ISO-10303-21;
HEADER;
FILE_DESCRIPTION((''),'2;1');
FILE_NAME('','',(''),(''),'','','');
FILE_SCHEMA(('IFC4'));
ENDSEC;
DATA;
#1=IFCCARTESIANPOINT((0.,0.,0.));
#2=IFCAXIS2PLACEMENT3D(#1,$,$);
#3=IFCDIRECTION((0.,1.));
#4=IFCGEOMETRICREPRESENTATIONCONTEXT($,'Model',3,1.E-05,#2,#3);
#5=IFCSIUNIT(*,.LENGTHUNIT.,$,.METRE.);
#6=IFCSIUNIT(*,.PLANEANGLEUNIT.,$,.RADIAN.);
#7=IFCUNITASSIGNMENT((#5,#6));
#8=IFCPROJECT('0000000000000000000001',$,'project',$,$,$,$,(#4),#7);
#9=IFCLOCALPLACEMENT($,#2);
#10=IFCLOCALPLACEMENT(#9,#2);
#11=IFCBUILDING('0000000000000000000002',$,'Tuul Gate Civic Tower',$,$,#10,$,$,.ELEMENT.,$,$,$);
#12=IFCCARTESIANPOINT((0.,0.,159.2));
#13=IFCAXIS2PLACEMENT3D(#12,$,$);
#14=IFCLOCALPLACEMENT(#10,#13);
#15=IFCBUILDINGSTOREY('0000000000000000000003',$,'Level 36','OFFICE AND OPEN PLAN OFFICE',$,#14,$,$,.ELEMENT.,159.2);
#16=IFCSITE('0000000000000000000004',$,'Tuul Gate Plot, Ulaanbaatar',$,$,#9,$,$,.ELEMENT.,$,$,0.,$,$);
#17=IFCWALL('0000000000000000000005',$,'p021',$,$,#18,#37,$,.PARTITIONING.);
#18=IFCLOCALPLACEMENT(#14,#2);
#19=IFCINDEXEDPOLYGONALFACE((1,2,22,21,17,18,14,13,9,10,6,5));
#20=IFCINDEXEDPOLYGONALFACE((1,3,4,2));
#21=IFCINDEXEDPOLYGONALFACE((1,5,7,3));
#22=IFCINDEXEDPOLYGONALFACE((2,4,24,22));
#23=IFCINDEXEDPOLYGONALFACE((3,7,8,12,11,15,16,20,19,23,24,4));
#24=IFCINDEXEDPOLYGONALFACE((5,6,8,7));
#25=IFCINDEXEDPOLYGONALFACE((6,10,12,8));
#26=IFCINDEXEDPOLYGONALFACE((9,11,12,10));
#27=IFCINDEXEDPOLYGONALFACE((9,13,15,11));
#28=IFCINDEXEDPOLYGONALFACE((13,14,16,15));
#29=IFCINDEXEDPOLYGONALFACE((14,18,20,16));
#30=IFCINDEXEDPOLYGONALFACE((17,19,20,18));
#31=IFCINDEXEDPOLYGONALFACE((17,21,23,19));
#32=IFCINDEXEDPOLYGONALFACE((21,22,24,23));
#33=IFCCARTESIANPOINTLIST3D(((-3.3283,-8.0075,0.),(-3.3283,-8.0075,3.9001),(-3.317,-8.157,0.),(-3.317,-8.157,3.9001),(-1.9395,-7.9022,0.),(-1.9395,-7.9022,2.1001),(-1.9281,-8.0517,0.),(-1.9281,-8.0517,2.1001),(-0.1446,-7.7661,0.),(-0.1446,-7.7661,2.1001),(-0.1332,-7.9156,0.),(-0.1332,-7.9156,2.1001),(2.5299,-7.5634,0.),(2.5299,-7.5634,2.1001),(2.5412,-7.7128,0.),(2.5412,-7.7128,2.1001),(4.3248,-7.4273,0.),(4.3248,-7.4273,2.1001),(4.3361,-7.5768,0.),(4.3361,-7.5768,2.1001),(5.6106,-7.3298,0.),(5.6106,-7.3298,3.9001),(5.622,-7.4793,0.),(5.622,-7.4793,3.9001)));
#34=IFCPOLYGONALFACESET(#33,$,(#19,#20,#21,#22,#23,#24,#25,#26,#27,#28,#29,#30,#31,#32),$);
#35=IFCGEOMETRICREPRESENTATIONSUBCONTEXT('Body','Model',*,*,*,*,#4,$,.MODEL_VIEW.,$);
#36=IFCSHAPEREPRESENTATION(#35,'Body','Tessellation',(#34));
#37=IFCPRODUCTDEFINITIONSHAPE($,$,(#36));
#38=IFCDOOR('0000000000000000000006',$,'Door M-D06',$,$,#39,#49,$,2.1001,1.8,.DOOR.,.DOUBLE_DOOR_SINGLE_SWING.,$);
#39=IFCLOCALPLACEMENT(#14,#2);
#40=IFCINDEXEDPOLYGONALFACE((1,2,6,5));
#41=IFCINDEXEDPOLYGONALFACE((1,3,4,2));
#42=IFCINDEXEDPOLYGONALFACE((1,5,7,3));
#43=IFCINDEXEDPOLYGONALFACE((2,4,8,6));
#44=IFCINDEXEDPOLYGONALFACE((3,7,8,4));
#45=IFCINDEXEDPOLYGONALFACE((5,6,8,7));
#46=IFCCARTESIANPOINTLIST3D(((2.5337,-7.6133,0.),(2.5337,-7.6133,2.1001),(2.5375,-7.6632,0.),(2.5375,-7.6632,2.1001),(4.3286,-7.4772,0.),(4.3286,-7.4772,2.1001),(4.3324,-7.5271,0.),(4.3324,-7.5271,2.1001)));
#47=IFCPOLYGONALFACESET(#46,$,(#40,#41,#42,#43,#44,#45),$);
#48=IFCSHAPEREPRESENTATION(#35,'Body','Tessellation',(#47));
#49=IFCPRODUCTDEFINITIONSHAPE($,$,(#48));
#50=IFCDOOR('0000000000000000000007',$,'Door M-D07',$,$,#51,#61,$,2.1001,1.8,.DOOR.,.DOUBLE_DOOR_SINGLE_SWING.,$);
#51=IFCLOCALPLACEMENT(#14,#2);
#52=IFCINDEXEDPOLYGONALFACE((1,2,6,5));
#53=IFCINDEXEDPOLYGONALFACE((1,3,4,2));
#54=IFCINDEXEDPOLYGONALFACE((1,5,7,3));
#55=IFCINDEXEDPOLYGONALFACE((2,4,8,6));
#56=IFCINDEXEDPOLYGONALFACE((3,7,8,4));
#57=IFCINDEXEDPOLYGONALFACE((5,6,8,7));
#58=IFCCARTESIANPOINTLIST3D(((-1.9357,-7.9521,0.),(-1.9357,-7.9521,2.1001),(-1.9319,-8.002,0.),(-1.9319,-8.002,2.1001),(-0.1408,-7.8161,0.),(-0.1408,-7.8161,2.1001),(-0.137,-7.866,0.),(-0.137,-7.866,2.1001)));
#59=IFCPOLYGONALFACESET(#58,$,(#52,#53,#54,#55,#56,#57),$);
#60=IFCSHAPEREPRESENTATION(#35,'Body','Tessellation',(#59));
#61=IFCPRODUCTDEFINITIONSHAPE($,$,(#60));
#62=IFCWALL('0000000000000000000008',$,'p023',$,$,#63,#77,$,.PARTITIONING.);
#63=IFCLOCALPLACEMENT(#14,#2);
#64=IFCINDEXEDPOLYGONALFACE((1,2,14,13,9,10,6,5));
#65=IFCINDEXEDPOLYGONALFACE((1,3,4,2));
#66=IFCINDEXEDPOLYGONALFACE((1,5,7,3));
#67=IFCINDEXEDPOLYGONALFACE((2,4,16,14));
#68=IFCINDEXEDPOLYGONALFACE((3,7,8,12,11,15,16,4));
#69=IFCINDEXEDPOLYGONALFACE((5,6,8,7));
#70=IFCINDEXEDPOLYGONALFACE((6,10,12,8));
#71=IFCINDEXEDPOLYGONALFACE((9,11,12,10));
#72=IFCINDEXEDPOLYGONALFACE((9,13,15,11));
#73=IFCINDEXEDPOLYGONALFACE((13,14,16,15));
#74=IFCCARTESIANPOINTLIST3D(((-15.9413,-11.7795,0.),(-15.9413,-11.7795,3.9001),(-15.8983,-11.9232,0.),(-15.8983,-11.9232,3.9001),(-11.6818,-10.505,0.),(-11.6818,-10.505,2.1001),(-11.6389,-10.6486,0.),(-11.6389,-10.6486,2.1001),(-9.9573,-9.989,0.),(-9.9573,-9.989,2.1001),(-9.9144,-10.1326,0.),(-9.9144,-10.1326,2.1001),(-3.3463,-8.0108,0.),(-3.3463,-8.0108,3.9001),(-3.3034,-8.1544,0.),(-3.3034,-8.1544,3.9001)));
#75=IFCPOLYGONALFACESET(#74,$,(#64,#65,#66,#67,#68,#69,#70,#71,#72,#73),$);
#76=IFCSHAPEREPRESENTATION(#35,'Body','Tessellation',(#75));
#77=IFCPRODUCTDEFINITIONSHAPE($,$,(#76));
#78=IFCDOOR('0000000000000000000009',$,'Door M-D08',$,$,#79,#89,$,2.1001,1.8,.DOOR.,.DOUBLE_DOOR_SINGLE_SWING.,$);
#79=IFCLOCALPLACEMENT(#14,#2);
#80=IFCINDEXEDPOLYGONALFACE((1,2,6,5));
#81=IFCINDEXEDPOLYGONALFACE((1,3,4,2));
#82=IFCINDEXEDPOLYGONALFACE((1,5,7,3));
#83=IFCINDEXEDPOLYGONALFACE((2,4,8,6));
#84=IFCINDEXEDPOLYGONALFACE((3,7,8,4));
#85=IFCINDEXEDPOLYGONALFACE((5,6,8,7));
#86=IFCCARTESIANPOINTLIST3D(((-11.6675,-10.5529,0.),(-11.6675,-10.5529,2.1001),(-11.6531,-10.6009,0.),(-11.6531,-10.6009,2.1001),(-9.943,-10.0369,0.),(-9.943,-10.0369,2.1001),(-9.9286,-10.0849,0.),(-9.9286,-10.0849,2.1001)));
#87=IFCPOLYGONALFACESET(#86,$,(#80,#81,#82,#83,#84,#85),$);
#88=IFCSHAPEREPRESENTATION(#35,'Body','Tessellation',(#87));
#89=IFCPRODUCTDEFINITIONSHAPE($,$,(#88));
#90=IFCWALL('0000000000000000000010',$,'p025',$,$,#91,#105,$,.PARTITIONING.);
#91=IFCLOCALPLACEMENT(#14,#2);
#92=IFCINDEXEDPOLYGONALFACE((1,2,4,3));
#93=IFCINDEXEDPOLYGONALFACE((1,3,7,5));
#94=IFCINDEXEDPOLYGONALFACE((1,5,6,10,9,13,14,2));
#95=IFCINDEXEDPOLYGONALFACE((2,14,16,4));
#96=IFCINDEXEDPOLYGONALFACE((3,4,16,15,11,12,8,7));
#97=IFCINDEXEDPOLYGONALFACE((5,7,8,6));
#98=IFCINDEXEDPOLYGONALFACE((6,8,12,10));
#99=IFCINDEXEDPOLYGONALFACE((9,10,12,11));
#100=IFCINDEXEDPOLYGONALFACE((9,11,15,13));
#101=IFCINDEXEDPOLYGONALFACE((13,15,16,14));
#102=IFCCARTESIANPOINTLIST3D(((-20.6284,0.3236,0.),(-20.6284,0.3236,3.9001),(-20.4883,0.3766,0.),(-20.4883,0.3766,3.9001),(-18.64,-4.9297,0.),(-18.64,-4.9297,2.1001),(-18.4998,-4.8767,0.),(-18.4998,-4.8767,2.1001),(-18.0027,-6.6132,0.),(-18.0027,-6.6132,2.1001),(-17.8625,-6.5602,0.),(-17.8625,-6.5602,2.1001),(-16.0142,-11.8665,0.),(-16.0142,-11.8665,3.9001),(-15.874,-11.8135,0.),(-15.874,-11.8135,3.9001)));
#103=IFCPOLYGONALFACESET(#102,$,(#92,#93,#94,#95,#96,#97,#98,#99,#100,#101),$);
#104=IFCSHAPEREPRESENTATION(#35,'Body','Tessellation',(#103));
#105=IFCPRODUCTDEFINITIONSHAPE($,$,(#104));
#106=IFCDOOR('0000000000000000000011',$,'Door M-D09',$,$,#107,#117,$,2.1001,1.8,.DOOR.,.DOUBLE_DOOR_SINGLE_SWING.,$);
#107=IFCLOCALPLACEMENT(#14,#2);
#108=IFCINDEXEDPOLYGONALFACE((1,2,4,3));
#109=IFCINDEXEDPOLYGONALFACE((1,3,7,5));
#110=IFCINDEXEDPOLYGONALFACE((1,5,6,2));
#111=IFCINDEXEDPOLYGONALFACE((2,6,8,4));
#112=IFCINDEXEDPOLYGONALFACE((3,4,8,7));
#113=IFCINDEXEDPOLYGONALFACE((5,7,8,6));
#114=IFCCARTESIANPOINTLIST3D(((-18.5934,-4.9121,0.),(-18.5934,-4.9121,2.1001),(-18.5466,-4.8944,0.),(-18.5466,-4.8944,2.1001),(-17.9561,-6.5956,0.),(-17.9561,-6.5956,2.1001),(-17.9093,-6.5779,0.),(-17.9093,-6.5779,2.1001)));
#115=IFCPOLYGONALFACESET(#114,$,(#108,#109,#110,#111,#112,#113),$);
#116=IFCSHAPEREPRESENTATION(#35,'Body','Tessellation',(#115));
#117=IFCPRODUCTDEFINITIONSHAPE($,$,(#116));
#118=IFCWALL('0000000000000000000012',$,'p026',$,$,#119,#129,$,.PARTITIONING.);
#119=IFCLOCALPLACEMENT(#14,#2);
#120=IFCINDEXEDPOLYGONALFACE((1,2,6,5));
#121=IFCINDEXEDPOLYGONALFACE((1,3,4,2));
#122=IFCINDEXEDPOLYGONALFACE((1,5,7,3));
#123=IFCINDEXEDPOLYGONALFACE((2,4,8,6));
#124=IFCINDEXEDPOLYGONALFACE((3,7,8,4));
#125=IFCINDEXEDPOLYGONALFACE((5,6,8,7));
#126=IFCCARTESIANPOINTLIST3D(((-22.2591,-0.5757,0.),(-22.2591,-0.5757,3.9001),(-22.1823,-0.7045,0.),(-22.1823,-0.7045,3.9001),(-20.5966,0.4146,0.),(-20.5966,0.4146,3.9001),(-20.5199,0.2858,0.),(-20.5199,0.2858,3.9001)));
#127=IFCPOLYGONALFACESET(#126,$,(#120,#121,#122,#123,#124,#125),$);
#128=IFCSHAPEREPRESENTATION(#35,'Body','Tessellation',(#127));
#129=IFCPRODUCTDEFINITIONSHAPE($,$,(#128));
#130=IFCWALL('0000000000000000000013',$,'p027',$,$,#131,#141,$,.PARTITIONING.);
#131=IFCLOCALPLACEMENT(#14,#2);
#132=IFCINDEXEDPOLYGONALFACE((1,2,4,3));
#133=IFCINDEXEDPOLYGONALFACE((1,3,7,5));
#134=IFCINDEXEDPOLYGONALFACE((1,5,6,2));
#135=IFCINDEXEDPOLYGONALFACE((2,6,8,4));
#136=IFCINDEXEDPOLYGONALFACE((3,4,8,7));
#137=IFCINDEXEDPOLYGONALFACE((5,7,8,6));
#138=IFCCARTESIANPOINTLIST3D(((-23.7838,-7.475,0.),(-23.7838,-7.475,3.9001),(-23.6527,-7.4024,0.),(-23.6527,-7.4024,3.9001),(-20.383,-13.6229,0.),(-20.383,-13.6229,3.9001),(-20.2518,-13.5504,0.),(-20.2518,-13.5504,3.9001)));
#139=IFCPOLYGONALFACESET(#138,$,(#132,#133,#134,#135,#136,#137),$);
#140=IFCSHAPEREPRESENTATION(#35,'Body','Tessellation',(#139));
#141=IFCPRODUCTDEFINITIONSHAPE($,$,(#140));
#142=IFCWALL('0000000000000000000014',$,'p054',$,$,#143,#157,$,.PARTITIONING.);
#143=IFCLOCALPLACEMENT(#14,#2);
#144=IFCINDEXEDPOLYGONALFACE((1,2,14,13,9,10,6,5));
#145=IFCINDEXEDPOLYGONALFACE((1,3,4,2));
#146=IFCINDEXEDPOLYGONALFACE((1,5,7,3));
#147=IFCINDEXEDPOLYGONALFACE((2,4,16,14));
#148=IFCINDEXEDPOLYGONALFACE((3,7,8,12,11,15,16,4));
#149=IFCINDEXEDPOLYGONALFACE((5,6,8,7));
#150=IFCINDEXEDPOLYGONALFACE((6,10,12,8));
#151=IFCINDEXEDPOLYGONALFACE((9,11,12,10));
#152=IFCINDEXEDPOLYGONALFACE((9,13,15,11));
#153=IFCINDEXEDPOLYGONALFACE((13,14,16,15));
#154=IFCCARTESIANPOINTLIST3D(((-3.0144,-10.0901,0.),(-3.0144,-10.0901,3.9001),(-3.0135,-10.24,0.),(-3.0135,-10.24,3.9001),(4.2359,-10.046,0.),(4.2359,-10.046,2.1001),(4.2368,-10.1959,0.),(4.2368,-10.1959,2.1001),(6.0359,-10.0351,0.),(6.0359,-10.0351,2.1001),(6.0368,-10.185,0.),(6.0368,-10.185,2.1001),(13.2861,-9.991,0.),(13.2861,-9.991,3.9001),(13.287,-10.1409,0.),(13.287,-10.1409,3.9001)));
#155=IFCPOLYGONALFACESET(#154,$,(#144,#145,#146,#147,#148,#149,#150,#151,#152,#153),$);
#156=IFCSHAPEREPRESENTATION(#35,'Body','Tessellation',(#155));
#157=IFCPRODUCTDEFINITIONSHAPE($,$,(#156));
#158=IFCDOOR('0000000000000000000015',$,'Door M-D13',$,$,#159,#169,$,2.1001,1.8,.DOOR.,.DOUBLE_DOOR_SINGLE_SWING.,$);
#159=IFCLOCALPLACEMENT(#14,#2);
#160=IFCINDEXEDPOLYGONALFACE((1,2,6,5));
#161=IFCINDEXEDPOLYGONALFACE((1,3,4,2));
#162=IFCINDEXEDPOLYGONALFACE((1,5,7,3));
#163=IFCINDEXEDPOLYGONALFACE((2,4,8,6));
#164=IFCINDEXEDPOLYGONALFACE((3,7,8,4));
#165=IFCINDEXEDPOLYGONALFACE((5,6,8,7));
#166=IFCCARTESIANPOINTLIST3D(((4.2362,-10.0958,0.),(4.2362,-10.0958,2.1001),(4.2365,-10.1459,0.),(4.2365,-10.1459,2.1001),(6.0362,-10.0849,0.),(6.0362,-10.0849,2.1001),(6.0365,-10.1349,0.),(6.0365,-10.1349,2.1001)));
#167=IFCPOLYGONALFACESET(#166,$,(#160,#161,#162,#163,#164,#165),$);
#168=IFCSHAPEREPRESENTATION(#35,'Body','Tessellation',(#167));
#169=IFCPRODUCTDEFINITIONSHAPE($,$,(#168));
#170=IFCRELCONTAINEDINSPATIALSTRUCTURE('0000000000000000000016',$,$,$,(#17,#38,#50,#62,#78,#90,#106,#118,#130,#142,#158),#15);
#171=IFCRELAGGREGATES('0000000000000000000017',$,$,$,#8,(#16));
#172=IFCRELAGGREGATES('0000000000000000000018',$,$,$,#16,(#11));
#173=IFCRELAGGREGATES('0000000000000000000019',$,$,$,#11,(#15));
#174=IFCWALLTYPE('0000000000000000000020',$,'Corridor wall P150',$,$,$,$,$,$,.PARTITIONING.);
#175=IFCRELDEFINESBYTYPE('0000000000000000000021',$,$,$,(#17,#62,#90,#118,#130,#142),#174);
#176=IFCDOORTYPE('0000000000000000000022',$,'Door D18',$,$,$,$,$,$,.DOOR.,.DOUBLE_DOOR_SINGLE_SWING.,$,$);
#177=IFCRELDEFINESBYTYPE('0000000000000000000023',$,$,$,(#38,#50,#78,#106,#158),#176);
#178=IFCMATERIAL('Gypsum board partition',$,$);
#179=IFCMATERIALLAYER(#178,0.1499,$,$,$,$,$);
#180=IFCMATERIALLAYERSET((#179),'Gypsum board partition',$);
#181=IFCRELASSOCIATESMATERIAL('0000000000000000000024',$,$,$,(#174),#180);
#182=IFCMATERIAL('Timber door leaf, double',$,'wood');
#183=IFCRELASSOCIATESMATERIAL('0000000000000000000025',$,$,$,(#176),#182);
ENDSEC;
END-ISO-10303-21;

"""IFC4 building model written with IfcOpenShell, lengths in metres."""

from ifc_helpers import new_model, si_unit, direction, frame, frame_2d, origin, place, context, subcontext, project, spatial, rectangle, extrude, material, layer, layer_set, type_object, element, fill, save


model = new_model("IFC4")

# Units and contexts
model_context = context("Model", 3, precision=1e-05, world=origin(), true_north=direction((0.0, 1.0)))
body_context = subcontext(model_context, "Body", "Model", "MODEL_VIEW")
ifc_project = project(units=[si_unit("LENGTHUNIT", "METRE"), si_unit("PLANEANGLEUNIT", "RADIAN")], contexts=[model_context])

# Site, building, storey
site_placement = place(None, origin())
site = spatial("IfcSite", under=ifc_project, at=site_placement, Name="Tuul Gate Plot, Ulaanbaatar", CompositionType="ELEMENT", RefElevation=0.0)
building_placement = place(site_placement, origin())
building = spatial("IfcBuilding", under=site, at=building_placement, Name="Tuul Gate Civic Tower", CompositionType="ELEMENT")
storey_placement = place(building_placement, frame((0.0, 0.0, 159.2)))
storey = spatial("IfcBuildingStorey", under=building, at=storey_placement, Name="Level 36", Description="OFFICE AND OPEN PLAN OFFICE", CompositionType="ELEMENT", Elevation=159.2)

# Wall, openings, doors
ifc_material_1 = material(Name="Gypsum board partition")
ifc_layer_1 = layer(ifc_material_1, 0.1499)
ifc_layer_set_1 = layer_set([ifc_layer_1], Name="Gypsum board partition")
wall_type_1 = type_object("IfcWallType", Name="Corridor wall P150", PredefinedType="PARTITIONING", material=ifc_layer_set_1)
wall_1_placement = place(storey_placement, frame((-3.3228, -8.0823, 0.0), z_axis=(0.0, 0.0, 1.0), x_axis=(0.997138, 0.075601, 0.0)))
wall_1 = element("IfcWall", 1, at=wall_1_placement, inside=storey, type_object=wall_type_1, Name="p021", PredefinedType="PARTITIONING", context=body_context, shape_type="SweptSolid", body=[
    extrude(rectangle(XDim=8.9646, YDim=0.1499, at=frame_2d((4.4824, 0.0))), origin(), (0.0, 0.0, 1.0), 3.9001),
])
opening_1_placement = place(wall_1_placement, frame((5.8752, 0.0, 0.0)))
opening_1 = element("IfcOpeningElement", 2, at=opening_1_placement, cuts=wall_1, PredefinedType="OPENING", context=body_context, shape_type="SweptSolid", body=[
    extrude(rectangle(XDim=1.8, YDim=2.1001, at=frame_2d((0.8999, 1.05))), frame((0.0, 0.085, 0.0), z_axis=(0.0, -1.0, 0.0), x_axis=(1.0, 0.0, 0.0)), (0.0, 0.0, 1.0), 0.1699),
])
opening_2_placement = place(wall_1_placement, frame((1.3931, 0.0, 0.0)))
opening_2 = element("IfcOpeningElement", 3, at=opening_2_placement, cuts=wall_1, PredefinedType="OPENING", context=body_context, shape_type="SweptSolid", body=[
    extrude(rectangle(XDim=1.8, YDim=2.1001, at=frame_2d((0.8999, 1.05))), frame((0.0, 0.085, 0.0), z_axis=(0.0, -1.0, 0.0), x_axis=(1.0, 0.0, 0.0)), (0.0, 0.0, 1.0), 0.1699),
])
ifc_material_2 = material(Name="Timber door leaf, double", Category="wood")
door_type_1 = type_object("IfcDoorType", Name="Door D18", OperationType="DOUBLE_DOOR_SINGLE_SWING", PredefinedType="DOOR", material=ifc_material_2)
door_1_placement = place(opening_1_placement, origin())
door_1 = element("IfcDoor", 4, at=door_1_placement, inside=storey, type_object=door_type_1, Name="Door M-D06", OperationType="DOUBLE_DOOR_SINGLE_SWING", OverallHeight=2.1001, OverallWidth=1.8, PredefinedType="DOOR", context=body_context, shape_type="SweptSolid", body=[
    extrude(rectangle(XDim=1.8, YDim=2.1001, at=frame_2d((0.8999, 1.05))), frame((0.0, 0.0249, 0.0), z_axis=(0.0, -1.0, 0.0), x_axis=(1.0, 0.0, 0.0)), (0.0, 0.0, 1.0), 0.05),
])
fill(opening_1, door_1)
door_2_placement = place(opening_2_placement, origin())
door_2 = element("IfcDoor", 5, at=door_2_placement, inside=storey, type_object=door_type_1, Name="Door M-D07", OperationType="DOUBLE_DOOR_SINGLE_SWING", OverallHeight=2.1001, OverallWidth=1.8, PredefinedType="DOOR", context=body_context, shape_type="SweptSolid", body=[
    extrude(rectangle(XDim=1.8, YDim=2.1001, at=frame_2d((0.8999, 1.05))), frame((0.0, 0.0249, 0.0), z_axis=(0.0, -1.0, 0.0), x_axis=(1.0, 0.0, 0.0)), (0.0, 0.0, 1.0), 0.05),
])
fill(opening_2, door_2)

# Walls, openings, doors
wall_2_placement = place(storey_placement, frame((-15.9197, -11.8513, 0.0), z_axis=(0.0, 0.0, 1.0), x_axis=(0.958029, 0.286671, 0.0)))
wall_2 = element("IfcWall", 6, at=wall_2_placement, inside=storey, type_object=wall_type_1, Name="p023", PredefinedType="PARTITIONING", context=body_context, shape_type="SweptSolid", body=[
    extrude(rectangle(XDim=13.1467, YDim=0.1499, at=frame_2d((6.5732, 0.0))), origin(), (0.0, 0.0, 1.0), 3.9001),
])
opening_3_placement = place(wall_2_placement, frame((4.446, 0.0, 0.0)))
opening_3 = element("IfcOpeningElement", 7, at=opening_3_placement, cuts=wall_2, PredefinedType="OPENING", context=body_context, shape_type="SweptSolid", body=[
    extrude(rectangle(XDim=1.8, YDim=2.1001, at=frame_2d((0.8999, 1.05))), frame((0.0, 0.085, 0.0), z_axis=(0.0, -1.0, 0.0), x_axis=(1.0, 0.0, 0.0)), (0.0, 0.0, 1.0), 0.1699),
])
door_3_placement = place(opening_3_placement, origin())
door_3 = element("IfcDoor", 8, at=door_3_placement, inside=storey, type_object=door_type_1, Name="Door M-D08", OperationType="DOUBLE_DOOR_SINGLE_SWING", OverallHeight=2.1001, OverallWidth=1.8, PredefinedType="DOOR", context=body_context, shape_type="SweptSolid", body=[
    extrude(rectangle(XDim=1.8, YDim=2.1001, at=frame_2d((0.8999, 1.05))), frame((0.0, 0.0249, 0.0), z_axis=(0.0, -1.0, 0.0), x_axis=(1.0, 0.0, 0.0)), (0.0, 0.0, 1.0), 0.05),
])
fill(opening_3, door_3)
wall_3_placement = place(storey_placement, frame((-20.5583, 0.3501, 0.0), z_axis=(0.0, 0.0, 1.0), x_axis=(0.35401, -0.935242, 0.0)))
wall_3 = element("IfcWall", 9, at=wall_3_placement, inside=storey, type_object=wall_type_1, Name="p025", PredefinedType="PARTITIONING", context=body_context, shape_type="SweptSolid", body=[
    extrude(rectangle(XDim=13.0342, YDim=0.1499, at=frame_2d((6.5171, 0.0))), origin(), (0.0, 0.0, 1.0), 3.9001),
])
opening_4_placement = place(wall_3_placement, frame((5.6172, 0.0, 0.0)))
opening_4 = element("IfcOpeningElement", 10, at=opening_4_placement, cuts=wall_3, PredefinedType="OPENING", context=body_context, shape_type="SweptSolid", body=[
    extrude(rectangle(XDim=1.8, YDim=2.1001, at=frame_2d((0.8999, 1.05))), frame((0.0, 0.085, 0.0), z_axis=(0.0, -1.0, 0.0), x_axis=(1.0, 0.0, 0.0)), (0.0, 0.0, 1.0), 0.1699),
])
door_4_placement = place(opening_4_placement, origin())
door_4 = element("IfcDoor", 11, at=door_4_placement, inside=storey, type_object=door_type_1, Name="Door M-D09", OperationType="DOUBLE_DOOR_SINGLE_SWING", OverallHeight=2.1001, OverallWidth=1.8, PredefinedType="DOOR", context=body_context, shape_type="SweptSolid", body=[
    extrude(rectangle(XDim=1.8, YDim=2.1001, at=frame_2d((0.8999, 1.05))), frame((0.0, 0.0249, 0.0), z_axis=(0.0, -1.0, 0.0), x_axis=(1.0, 0.0, 0.0)), (0.0, 0.0, 1.0), 0.05),
])
fill(opening_4, door_4)

# Walls
wall_4_placement = place(storey_placement, frame((-22.2207, -0.6401, 0.0), z_axis=(0.0, 0.0, 1.0), x_axis=(0.859125, 0.511766, 0.0)))
element("IfcWall", 12, at=wall_4_placement, inside=storey, type_object=wall_type_1, Name="p026", PredefinedType="PARTITIONING", context=body_context, shape_type="SweptSolid", body=[
    extrude(rectangle(XDim=1.9351, YDim=0.1499, at=frame_2d((0.9675, 0.0))), origin(), (0.0, 0.0, 1.0), 3.9001),
])
wall_5_placement = place(storey_placement, frame((-23.7183, -7.4387, 0.0), z_axis=(0.0, 0.0, 1.0), x_axis=(0.484049, -0.875041, 0.0)))
element("IfcWall", 13, at=wall_5_placement, inside=storey, type_object=wall_type_1, Name="p027", PredefinedType="PARTITIONING", context=body_context, shape_type="SweptSolid", body=[
    extrude(rectangle(XDim=7.0259, YDim=0.1499, at=frame_2d((3.5129, 0.0))), origin(), (0.0, 0.0, 1.0), 3.9001),
])

# Wall, opening, door
wall_6_placement = place(storey_placement, frame((-3.0139, -10.165, 0.0), z_axis=(0.0, 0.0, 1.0), x_axis=(0.999982, 0.006081, 0.0)))
wall_6 = element("IfcWall", 14, at=wall_6_placement, inside=storey, type_object=wall_type_1, Name="p054", PredefinedType="PARTITIONING", context=body_context, shape_type="SweptSolid", body=[
    extrude(rectangle(XDim=16.3008, YDim=0.1499, at=frame_2d((8.1504, 0.0))), origin(), (0.0, 0.0, 1.0), 3.9001),
])
opening_5_placement = place(wall_6_placement, frame((7.2505, 0.0, 0.0)))
opening_5 = element("IfcOpeningElement", 15, at=opening_5_placement, cuts=wall_6, PredefinedType="OPENING", context=body_context, shape_type="SweptSolid", body=[
    extrude(rectangle(XDim=1.8, YDim=2.1001, at=frame_2d((0.8999, 1.05))), frame((0.0, 0.085, 0.0), z_axis=(0.0, -1.0, 0.0), x_axis=(1.0, 0.0, 0.0)), (0.0, 0.0, 1.0), 0.1699),
])
door_5_placement = place(opening_5_placement, frame((1.8, 0.0, 0.0), z_axis=(0.0, 0.0, 1.0), x_axis=(-1.0, 0.0, 0.0)))
door_5 = element("IfcDoor", 16, at=door_5_placement, inside=storey, type_object=door_type_1, Name="Door M-D13", OperationType="DOUBLE_DOOR_SINGLE_SWING", OverallHeight=2.1001, OverallWidth=1.8, PredefinedType="DOOR", context=body_context, shape_type="SweptSolid", body=[
    extrude(rectangle(XDim=1.8, YDim=2.1001, at=frame_2d((0.9001, 1.05))), frame((0.0, 0.0249, 0.0), z_axis=(0.0, -1.0, 0.0), x_axis=(1.0, 0.0, 0.0)), (0.0, 0.0, 1.0), 0.05),
])
fill(opening_5, door_5)

save(model, "model.ifc")
